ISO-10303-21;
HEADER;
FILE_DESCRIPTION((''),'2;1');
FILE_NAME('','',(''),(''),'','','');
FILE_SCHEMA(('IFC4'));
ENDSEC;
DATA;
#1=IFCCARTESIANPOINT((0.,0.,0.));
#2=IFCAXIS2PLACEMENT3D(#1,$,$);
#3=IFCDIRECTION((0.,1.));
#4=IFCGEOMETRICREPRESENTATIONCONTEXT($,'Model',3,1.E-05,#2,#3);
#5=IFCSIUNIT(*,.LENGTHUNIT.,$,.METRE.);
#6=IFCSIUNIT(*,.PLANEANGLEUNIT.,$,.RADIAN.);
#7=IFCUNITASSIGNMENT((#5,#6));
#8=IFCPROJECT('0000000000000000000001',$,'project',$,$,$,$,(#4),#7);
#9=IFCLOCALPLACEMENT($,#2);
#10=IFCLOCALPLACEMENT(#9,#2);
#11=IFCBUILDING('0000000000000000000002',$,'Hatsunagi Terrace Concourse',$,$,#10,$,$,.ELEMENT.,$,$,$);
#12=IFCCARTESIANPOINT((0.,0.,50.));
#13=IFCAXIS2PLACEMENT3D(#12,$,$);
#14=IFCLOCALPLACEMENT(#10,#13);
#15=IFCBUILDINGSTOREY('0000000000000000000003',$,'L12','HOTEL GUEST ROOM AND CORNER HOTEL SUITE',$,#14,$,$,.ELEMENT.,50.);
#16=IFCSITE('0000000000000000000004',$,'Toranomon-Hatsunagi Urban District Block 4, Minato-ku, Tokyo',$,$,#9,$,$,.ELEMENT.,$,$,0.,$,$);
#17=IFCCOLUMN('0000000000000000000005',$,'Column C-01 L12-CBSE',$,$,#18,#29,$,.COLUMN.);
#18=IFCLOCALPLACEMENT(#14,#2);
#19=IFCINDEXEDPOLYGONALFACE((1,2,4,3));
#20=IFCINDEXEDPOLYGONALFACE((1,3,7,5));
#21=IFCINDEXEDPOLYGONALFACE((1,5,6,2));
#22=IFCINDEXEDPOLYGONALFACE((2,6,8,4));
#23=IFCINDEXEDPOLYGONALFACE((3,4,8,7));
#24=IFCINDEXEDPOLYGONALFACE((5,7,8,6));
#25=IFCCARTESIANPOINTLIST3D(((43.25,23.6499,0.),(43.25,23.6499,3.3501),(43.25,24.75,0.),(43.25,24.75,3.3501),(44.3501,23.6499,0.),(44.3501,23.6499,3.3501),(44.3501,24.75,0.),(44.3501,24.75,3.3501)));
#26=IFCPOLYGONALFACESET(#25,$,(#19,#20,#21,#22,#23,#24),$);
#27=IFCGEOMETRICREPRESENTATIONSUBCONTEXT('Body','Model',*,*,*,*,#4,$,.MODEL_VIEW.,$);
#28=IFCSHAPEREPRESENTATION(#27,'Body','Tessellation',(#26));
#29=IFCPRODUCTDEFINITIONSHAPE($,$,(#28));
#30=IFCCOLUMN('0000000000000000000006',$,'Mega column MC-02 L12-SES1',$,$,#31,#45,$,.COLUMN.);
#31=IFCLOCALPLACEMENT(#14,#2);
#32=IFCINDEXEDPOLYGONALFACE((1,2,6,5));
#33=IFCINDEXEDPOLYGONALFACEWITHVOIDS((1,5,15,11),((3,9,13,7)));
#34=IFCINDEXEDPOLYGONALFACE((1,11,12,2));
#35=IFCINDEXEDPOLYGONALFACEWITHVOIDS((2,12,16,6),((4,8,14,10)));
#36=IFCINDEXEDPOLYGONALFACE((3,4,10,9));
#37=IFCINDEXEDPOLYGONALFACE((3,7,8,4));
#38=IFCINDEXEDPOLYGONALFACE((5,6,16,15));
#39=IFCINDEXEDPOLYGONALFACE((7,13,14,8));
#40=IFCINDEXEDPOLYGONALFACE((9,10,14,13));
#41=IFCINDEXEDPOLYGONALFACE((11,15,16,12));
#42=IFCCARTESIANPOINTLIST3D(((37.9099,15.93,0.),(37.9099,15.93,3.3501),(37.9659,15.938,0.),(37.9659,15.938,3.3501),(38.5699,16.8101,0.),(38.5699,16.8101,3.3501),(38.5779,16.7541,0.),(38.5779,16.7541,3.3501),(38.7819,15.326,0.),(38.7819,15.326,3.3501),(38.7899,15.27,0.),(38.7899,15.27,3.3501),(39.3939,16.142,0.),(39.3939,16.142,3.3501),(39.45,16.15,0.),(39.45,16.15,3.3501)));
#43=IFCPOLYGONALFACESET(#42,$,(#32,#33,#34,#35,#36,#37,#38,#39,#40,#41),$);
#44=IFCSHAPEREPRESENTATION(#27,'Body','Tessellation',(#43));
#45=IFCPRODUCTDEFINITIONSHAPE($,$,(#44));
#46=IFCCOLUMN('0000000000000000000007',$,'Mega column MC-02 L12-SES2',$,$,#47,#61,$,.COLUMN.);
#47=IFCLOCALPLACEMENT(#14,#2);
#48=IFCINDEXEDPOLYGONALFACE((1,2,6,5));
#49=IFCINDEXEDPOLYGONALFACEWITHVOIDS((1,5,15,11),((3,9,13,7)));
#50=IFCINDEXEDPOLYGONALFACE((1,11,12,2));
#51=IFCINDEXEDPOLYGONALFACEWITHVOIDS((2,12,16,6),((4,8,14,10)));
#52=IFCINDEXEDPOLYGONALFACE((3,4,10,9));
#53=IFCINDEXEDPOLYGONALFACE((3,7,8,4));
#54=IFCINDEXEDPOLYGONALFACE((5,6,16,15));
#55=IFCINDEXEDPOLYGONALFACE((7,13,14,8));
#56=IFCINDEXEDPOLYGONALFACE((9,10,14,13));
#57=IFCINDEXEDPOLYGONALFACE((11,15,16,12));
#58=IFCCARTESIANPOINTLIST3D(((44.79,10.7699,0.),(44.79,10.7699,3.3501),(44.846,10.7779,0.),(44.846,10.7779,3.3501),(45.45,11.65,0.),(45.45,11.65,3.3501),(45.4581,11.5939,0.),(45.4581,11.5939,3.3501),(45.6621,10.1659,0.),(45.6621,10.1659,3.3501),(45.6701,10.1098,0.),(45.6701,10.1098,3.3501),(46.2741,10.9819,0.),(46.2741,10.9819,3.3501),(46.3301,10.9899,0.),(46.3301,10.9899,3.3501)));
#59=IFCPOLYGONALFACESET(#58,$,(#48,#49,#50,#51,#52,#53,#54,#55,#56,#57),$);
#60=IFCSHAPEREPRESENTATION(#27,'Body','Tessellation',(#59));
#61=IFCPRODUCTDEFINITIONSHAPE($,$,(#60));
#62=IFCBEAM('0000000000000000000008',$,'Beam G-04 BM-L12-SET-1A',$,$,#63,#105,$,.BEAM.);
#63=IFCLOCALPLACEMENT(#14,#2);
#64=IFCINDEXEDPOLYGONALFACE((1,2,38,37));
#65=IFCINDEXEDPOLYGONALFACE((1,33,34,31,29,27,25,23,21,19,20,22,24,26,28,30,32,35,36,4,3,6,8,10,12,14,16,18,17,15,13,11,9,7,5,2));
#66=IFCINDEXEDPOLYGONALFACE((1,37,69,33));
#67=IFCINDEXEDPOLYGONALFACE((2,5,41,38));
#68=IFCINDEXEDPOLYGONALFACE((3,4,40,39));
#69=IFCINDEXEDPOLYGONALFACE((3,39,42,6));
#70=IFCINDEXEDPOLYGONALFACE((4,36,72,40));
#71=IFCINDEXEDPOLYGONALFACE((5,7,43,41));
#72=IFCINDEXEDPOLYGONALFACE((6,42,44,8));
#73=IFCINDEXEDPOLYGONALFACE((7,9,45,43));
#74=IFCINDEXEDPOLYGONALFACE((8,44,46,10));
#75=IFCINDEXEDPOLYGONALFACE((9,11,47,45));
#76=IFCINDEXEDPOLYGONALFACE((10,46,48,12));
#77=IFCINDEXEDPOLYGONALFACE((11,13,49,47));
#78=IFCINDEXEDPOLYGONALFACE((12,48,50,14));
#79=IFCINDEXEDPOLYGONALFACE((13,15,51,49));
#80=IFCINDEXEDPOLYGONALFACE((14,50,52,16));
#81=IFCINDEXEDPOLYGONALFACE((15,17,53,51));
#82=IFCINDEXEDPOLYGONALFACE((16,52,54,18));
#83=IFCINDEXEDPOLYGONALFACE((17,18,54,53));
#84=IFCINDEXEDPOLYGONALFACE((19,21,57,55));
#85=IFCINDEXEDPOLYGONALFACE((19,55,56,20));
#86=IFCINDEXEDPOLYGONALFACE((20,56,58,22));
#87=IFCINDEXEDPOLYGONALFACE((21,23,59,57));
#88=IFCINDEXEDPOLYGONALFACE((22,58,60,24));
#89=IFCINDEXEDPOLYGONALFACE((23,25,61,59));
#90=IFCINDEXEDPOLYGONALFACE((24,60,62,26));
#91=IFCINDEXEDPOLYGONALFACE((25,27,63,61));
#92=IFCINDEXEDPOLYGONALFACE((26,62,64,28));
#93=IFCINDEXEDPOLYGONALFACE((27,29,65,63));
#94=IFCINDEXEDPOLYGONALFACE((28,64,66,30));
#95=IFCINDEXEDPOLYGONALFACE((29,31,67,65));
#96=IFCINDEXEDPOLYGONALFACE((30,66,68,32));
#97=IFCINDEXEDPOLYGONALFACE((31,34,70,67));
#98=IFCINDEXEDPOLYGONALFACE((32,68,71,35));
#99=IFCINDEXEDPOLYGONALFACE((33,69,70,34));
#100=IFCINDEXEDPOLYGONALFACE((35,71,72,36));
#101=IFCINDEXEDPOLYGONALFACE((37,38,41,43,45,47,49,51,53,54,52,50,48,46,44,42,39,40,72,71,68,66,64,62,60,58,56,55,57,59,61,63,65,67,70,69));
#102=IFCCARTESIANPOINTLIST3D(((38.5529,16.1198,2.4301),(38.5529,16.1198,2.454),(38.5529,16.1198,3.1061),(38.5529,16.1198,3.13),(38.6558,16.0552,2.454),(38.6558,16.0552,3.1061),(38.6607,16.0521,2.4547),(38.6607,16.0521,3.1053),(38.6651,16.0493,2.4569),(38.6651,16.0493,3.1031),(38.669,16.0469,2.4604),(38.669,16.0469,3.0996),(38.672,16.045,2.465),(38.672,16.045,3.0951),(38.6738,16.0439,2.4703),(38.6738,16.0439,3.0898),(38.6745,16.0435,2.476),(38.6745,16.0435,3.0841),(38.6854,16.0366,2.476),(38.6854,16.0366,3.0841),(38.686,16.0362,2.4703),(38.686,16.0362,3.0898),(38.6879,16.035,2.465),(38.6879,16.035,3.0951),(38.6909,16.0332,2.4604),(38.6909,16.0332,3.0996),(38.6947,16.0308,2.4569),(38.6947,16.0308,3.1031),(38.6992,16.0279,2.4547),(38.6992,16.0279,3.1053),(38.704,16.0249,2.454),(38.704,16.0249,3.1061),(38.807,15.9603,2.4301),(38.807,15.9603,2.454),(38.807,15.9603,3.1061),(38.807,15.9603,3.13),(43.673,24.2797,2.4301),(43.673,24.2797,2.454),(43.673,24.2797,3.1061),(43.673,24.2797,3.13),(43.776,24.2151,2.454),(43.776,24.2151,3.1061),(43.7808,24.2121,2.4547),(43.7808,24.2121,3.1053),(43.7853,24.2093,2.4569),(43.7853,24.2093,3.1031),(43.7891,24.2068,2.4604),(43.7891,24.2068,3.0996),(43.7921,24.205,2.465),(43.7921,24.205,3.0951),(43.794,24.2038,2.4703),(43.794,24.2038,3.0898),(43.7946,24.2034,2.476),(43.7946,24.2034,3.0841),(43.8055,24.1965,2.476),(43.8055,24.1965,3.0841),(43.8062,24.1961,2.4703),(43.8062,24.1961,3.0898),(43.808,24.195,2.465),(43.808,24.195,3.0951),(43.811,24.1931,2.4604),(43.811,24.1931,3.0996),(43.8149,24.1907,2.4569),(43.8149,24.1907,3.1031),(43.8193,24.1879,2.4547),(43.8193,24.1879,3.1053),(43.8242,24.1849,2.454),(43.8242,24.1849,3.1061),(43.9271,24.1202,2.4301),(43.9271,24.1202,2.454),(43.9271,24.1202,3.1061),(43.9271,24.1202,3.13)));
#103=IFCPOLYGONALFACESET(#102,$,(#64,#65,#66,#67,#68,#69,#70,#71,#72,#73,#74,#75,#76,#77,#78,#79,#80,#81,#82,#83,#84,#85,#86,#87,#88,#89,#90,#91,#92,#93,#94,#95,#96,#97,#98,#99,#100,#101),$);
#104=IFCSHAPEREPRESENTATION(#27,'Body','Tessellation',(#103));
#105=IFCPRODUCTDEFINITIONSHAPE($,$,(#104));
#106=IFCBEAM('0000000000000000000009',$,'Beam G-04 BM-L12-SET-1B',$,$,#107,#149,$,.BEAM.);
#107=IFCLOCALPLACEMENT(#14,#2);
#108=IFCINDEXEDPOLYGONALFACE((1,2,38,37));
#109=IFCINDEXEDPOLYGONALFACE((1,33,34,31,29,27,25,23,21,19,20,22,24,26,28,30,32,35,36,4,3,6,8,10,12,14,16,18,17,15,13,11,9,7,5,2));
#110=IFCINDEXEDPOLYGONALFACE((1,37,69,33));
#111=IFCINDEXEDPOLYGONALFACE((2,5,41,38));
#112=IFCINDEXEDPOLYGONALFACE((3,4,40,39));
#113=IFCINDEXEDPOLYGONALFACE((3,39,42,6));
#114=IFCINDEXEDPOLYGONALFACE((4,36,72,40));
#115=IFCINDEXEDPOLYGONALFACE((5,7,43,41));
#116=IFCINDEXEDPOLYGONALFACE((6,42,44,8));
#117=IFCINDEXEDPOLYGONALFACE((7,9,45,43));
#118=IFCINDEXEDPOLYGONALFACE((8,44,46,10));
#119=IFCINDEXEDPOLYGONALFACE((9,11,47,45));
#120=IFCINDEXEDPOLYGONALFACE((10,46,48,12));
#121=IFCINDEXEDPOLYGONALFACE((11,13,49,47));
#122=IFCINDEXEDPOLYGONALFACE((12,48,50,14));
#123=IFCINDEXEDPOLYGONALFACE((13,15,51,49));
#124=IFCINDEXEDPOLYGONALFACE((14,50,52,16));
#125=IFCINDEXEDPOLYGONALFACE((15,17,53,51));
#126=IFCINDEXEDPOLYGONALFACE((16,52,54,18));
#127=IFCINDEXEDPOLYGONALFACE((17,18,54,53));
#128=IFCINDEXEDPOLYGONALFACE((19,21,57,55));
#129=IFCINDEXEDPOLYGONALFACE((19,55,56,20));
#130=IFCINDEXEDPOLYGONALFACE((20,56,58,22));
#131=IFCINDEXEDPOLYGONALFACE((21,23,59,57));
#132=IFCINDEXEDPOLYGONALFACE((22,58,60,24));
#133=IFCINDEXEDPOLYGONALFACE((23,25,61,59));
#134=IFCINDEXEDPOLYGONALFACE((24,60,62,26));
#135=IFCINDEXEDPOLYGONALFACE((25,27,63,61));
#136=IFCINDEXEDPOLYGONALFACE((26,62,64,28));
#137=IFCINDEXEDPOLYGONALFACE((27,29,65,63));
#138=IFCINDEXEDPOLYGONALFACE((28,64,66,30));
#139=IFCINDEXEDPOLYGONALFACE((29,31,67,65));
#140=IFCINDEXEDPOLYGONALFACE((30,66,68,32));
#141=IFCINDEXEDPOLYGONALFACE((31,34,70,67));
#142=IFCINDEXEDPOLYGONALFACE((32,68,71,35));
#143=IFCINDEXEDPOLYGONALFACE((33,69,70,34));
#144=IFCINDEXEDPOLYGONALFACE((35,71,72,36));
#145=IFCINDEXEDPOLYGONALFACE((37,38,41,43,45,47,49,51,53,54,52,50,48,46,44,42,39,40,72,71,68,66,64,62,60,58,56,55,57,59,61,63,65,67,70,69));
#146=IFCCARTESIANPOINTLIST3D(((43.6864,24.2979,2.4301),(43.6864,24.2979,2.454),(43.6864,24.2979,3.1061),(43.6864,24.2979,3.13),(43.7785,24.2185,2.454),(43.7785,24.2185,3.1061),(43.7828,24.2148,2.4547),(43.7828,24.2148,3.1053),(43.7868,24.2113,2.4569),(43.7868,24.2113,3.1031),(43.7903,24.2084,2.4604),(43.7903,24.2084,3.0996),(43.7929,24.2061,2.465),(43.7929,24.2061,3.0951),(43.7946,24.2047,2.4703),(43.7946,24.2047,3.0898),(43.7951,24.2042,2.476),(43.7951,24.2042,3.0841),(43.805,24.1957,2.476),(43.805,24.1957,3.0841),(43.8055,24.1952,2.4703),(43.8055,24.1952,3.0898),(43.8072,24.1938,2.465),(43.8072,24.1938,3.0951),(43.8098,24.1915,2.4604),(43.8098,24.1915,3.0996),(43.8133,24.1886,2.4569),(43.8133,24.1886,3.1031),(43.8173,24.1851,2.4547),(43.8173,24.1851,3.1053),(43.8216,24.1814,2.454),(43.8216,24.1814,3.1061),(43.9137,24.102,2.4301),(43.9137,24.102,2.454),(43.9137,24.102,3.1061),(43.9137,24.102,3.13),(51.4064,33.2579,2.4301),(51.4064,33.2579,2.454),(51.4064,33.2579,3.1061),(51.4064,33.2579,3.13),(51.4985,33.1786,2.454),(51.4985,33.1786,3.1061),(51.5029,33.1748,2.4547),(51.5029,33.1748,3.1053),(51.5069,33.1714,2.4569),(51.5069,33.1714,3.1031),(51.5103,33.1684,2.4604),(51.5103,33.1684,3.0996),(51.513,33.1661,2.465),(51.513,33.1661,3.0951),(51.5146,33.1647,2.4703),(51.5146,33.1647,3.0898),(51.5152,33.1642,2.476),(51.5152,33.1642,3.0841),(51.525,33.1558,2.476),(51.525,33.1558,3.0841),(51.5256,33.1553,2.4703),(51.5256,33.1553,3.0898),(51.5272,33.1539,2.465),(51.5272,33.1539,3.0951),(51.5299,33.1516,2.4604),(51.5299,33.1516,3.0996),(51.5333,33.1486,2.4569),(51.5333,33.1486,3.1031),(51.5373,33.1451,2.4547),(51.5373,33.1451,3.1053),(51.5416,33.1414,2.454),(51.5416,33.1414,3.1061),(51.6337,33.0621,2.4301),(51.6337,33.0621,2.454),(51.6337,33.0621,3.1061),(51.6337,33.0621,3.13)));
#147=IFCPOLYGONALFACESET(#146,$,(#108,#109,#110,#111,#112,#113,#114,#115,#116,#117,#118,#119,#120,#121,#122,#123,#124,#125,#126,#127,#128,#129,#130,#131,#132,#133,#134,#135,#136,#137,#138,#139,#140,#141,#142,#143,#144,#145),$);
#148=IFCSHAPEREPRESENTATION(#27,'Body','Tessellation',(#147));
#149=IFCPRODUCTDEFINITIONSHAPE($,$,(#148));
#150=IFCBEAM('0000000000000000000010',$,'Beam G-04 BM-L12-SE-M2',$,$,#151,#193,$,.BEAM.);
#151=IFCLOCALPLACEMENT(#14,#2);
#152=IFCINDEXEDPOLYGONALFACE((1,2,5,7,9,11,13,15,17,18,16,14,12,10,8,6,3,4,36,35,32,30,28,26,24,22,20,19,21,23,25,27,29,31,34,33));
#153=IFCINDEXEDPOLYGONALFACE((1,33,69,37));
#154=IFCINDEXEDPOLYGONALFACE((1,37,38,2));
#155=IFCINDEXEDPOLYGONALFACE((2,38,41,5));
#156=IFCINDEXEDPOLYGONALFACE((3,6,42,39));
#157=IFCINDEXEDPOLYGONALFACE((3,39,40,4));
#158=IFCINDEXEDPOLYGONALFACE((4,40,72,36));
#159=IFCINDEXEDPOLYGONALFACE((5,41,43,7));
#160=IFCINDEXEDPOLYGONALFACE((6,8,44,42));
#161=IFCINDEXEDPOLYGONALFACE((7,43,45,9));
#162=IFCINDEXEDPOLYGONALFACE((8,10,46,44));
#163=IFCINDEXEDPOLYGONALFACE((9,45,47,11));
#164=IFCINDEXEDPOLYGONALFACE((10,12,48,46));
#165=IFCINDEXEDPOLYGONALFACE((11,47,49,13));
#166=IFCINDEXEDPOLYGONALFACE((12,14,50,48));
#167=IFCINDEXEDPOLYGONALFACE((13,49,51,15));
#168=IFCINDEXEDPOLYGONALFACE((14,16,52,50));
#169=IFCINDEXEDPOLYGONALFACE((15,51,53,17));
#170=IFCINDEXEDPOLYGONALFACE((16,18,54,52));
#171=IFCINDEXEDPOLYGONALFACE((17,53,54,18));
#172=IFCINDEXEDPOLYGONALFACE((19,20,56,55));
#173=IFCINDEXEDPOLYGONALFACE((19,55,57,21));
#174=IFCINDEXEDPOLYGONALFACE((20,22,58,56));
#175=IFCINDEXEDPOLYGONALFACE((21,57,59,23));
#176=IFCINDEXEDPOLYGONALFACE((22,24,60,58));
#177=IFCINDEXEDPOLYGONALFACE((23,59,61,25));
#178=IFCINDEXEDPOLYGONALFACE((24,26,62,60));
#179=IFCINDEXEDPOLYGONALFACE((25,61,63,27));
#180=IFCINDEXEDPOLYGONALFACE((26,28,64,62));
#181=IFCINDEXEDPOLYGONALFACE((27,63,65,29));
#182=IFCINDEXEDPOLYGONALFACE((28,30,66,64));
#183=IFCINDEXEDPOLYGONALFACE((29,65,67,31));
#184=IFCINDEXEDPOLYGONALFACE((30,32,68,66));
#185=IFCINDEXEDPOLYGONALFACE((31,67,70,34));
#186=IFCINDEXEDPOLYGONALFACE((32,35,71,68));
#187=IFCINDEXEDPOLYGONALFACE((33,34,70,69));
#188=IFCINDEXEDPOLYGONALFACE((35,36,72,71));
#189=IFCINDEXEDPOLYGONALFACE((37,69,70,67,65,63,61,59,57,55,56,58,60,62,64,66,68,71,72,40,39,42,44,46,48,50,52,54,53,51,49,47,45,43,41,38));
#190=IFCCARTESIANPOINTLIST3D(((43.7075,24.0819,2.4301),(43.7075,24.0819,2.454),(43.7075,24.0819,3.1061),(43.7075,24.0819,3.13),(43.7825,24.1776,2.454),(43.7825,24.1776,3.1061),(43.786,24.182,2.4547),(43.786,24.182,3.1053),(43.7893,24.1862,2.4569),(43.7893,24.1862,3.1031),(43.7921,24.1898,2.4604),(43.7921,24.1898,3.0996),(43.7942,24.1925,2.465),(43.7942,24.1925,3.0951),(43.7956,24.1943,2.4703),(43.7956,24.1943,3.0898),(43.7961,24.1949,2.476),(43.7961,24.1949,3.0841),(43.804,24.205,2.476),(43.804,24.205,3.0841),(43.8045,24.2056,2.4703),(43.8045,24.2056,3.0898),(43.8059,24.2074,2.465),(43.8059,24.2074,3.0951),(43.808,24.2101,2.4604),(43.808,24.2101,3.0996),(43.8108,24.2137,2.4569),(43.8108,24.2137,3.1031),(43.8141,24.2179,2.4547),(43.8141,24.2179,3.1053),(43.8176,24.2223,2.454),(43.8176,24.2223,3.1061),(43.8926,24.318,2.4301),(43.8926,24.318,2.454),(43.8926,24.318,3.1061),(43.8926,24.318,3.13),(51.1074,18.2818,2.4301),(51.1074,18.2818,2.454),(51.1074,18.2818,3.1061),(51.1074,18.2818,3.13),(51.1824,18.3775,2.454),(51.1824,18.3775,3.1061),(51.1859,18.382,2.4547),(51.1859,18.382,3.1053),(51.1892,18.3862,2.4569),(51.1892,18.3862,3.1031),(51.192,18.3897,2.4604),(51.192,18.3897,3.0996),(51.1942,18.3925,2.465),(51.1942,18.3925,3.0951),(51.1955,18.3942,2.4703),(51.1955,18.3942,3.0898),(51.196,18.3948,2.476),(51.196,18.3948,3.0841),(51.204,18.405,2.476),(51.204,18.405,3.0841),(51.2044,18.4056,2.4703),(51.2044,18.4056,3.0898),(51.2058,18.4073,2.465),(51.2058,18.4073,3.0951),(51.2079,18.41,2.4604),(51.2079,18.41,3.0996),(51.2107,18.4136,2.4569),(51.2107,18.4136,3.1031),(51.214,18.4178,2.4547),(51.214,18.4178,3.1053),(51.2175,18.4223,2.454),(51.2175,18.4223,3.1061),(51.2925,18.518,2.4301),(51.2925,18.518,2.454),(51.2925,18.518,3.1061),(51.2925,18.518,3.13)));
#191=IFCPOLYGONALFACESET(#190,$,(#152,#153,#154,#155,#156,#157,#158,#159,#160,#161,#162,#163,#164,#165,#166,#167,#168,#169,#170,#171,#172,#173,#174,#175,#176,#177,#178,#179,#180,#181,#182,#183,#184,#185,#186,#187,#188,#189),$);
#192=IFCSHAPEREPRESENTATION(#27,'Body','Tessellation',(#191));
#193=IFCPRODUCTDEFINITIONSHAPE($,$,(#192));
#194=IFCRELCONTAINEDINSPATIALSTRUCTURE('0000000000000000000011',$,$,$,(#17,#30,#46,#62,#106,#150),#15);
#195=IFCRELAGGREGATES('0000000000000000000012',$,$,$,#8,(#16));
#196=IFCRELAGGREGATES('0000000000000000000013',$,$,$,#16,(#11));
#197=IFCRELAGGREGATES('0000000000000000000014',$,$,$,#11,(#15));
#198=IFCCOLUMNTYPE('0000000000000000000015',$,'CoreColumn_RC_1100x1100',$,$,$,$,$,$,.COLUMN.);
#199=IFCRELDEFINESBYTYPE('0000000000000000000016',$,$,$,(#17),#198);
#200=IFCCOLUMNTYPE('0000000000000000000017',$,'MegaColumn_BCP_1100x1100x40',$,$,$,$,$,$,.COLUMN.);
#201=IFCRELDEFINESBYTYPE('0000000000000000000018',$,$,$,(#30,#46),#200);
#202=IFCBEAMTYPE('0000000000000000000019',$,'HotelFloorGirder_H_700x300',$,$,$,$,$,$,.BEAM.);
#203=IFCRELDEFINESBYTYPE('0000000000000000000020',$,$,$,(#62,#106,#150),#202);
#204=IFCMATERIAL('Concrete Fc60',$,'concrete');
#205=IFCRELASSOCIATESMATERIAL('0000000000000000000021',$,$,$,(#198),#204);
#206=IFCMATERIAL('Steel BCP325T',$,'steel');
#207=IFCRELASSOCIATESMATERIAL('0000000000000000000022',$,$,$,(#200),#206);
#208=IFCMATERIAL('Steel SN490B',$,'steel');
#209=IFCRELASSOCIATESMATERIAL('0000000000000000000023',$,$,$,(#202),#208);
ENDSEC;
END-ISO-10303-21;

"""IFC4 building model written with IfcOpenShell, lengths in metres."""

from ifc_helpers import new_model, si_unit, direction, frame, origin, origin_2d, place, context, subcontext, project, spatial, rectangle, hollow_rectangle, i_section, extrude, material, material_profile, profile_set, type_object, element, save


model = new_model("IFC4")

# Units and contexts
model_context = context("Model", 3, precision=1e-05, world=origin(), true_north=direction((0.0, 1.0)))
body_context = subcontext(model_context, "Body", "Model", "MODEL_VIEW")
ifc_project = project(units=[si_unit("LENGTHUNIT", "METRE"), si_unit("PLANEANGLEUNIT", "RADIAN")], contexts=[model_context])

# Site, building, storey
site_placement = place(None, origin())
site = spatial("IfcSite", under=ifc_project, at=site_placement, Name="Toranomon-Hatsunagi Urban District Block 4, Minato-ku, Tokyo", CompositionType="ELEMENT", RefElevation=0.0)
building_placement = place(site_placement, origin())
building = spatial("IfcBuilding", under=site, at=building_placement, Name="Hatsunagi Terrace Concourse", CompositionType="ELEMENT")
storey_placement = place(building_placement, frame((0.0, 0.0, 50.0)))
storey = spatial("IfcBuildingStorey", under=building, at=storey_placement, Name="L12", Description="HOTEL GUEST ROOM AND CORNER HOTEL SUITE", CompositionType="ELEMENT", Elevation=50.0)

# Columns
ifc_material_1 = material(Name="Concrete Fc60", Category="concrete")
ifc_material_profile_1 = material_profile(ifc_material_1, rectangle(XDim=1.1001, YDim=1.1001, at=origin_2d()), Name="RC-1100x1100")
ifc_profile_set_1 = profile_set([ifc_material_profile_1], Name="Concrete Fc60")
column_type_1 = type_object("IfcColumnType", Name="CoreColumn_RC_1100x1100", PredefinedType="COLUMN", material=ifc_profile_set_1)
column_placement = place(storey_placement, frame((43.8, 24.2, 0.0), z_axis=(0.0, 0.0, 1.0), x_axis=(1.0, 0.0, 0.0)))
element("IfcColumn", 1, at=column_placement, inside=storey, type_object=column_type_1, Name="Column C-01 L12-CBSE", PredefinedType="COLUMN", context=body_context, shape_type="SweptSolid", body=[
    extrude(rectangle(XDim=1.1001, YDim=1.1001, at=origin_2d()), origin(), (0.0, 0.0, 1.0), 3.3501),
])
ifc_material_2 = material(Name="Steel BCP325T", Category="steel")
ifc_material_profile_2 = material_profile(ifc_material_2, hollow_rectangle(XDim=1.1001, YDim=1.1001, WallThickness=0.04, at=origin_2d()), Name="BCP-1100x1100x40")
ifc_profile_set_2 = profile_set([ifc_material_profile_2], Name="Steel BCP325T")
column_type_2 = type_object("IfcColumnType", Name="MegaColumn_BCP_1100x1100x40", PredefinedType="COLUMN", material=ifc_profile_set_2)
for number, where, z_axis, x_axis, name in (
    (2, (38.6799, 16.04, 0.0), (0.0, 0.0, 1.0), (0.8, -0.6, 0.0), "Mega column MC-02 L12-SES1"),
    (3, (45.5601, 10.8799, 0.0), (0.0, 0.0, 1.0), (0.8, -0.6, 0.0), "Mega column MC-02 L12-SES2"),
):
    element("IfcColumn", number, at=place(storey_placement, frame(where, z_axis=z_axis, x_axis=x_axis)), inside=storey, type_object=column_type_2, Name=name, PredefinedType="COLUMN", context=body_context, shape_type="SweptSolid", body=[
        extrude(hollow_rectangle(XDim=1.1001, YDim=1.1001, WallThickness=0.04, at=origin_2d()), origin(), (0.0, 0.0, 1.0), 3.3501),
    ])

# Beams
ifc_material_3 = material(Name="Steel SN490B", Category="steel")
ifc_material_profile_3 = material_profile(ifc_material_3, i_section(OverallWidth=0.3, OverallDepth=0.7, WebThickness=0.0129, FlangeThickness=0.0239, FilletRadius=0.022, at=origin_2d()), Name="H-700x300x13x24")
ifc_profile_set_3 = profile_set([ifc_material_profile_3], Name="Steel SN490B")
beam_type_1 = type_object("IfcBeamType", Name="HotelFloorGirder_H_700x300", PredefinedType="BEAM", material=ifc_profile_set_3)
beam_1_placement = place(storey_placement, frame((38.6799, 16.04, 2.78), z_axis=(0.531504, 0.847056, 0.0), x_axis=(-0.847056, 0.531504, 0.0)))
element("IfcBeam", 4, at=beam_1_placement, inside=storey, type_object=beam_type_1, Name="Beam G-04 BM-L12-SET-1A", PredefinedType="BEAM", context=body_context, shape_type="SweptSolid", body=[
    extrude(i_section(OverallWidth=0.3, OverallDepth=0.7, WebThickness=0.0129, FlangeThickness=0.0239, FilletRadius=0.022, at=origin_2d()), origin(), (0.0, 0.0, 1.0), 9.6333),
])
beam_2_placement = place(storey_placement, frame((43.8, 24.2, 2.78), z_axis=(0.652739, 0.757583, 0.0), x_axis=(-0.757583, 0.652739, 0.0)))
element("IfcBeam", 5, at=beam_2_placement, inside=storey, type_object=beam_type_1, Name="Beam G-04 BM-L12-SET-1B", PredefinedType="BEAM", context=body_context, shape_type="SweptSolid", body=[
    extrude(i_section(OverallWidth=0.3, OverallDepth=0.7, WebThickness=0.0129, FlangeThickness=0.0239, FilletRadius=0.022, at=origin_2d()), origin(), (0.0, 0.0, 1.0), 11.8271),
])
beam_3_placement = place(storey_placement, frame((43.8, 24.2, 2.78), z_axis=(0.787049, -0.61689, 0.0), x_axis=(0.61689, 0.787049, 0.0)))
element("IfcBeam", 6, at=beam_3_placement, inside=storey, type_object=beam_type_1, Name="Beam G-04 BM-L12-SE-M2", PredefinedType="BEAM", context=body_context, shape_type="SweptSolid", body=[
    extrude(i_section(OverallWidth=0.3, OverallDepth=0.7, WebThickness=0.0129, FlangeThickness=0.0239, FilletRadius=0.022, at=origin_2d()), origin(), (0.0, 0.0, 1.0), 9.4021),
])

save(model, "model.ifc")
